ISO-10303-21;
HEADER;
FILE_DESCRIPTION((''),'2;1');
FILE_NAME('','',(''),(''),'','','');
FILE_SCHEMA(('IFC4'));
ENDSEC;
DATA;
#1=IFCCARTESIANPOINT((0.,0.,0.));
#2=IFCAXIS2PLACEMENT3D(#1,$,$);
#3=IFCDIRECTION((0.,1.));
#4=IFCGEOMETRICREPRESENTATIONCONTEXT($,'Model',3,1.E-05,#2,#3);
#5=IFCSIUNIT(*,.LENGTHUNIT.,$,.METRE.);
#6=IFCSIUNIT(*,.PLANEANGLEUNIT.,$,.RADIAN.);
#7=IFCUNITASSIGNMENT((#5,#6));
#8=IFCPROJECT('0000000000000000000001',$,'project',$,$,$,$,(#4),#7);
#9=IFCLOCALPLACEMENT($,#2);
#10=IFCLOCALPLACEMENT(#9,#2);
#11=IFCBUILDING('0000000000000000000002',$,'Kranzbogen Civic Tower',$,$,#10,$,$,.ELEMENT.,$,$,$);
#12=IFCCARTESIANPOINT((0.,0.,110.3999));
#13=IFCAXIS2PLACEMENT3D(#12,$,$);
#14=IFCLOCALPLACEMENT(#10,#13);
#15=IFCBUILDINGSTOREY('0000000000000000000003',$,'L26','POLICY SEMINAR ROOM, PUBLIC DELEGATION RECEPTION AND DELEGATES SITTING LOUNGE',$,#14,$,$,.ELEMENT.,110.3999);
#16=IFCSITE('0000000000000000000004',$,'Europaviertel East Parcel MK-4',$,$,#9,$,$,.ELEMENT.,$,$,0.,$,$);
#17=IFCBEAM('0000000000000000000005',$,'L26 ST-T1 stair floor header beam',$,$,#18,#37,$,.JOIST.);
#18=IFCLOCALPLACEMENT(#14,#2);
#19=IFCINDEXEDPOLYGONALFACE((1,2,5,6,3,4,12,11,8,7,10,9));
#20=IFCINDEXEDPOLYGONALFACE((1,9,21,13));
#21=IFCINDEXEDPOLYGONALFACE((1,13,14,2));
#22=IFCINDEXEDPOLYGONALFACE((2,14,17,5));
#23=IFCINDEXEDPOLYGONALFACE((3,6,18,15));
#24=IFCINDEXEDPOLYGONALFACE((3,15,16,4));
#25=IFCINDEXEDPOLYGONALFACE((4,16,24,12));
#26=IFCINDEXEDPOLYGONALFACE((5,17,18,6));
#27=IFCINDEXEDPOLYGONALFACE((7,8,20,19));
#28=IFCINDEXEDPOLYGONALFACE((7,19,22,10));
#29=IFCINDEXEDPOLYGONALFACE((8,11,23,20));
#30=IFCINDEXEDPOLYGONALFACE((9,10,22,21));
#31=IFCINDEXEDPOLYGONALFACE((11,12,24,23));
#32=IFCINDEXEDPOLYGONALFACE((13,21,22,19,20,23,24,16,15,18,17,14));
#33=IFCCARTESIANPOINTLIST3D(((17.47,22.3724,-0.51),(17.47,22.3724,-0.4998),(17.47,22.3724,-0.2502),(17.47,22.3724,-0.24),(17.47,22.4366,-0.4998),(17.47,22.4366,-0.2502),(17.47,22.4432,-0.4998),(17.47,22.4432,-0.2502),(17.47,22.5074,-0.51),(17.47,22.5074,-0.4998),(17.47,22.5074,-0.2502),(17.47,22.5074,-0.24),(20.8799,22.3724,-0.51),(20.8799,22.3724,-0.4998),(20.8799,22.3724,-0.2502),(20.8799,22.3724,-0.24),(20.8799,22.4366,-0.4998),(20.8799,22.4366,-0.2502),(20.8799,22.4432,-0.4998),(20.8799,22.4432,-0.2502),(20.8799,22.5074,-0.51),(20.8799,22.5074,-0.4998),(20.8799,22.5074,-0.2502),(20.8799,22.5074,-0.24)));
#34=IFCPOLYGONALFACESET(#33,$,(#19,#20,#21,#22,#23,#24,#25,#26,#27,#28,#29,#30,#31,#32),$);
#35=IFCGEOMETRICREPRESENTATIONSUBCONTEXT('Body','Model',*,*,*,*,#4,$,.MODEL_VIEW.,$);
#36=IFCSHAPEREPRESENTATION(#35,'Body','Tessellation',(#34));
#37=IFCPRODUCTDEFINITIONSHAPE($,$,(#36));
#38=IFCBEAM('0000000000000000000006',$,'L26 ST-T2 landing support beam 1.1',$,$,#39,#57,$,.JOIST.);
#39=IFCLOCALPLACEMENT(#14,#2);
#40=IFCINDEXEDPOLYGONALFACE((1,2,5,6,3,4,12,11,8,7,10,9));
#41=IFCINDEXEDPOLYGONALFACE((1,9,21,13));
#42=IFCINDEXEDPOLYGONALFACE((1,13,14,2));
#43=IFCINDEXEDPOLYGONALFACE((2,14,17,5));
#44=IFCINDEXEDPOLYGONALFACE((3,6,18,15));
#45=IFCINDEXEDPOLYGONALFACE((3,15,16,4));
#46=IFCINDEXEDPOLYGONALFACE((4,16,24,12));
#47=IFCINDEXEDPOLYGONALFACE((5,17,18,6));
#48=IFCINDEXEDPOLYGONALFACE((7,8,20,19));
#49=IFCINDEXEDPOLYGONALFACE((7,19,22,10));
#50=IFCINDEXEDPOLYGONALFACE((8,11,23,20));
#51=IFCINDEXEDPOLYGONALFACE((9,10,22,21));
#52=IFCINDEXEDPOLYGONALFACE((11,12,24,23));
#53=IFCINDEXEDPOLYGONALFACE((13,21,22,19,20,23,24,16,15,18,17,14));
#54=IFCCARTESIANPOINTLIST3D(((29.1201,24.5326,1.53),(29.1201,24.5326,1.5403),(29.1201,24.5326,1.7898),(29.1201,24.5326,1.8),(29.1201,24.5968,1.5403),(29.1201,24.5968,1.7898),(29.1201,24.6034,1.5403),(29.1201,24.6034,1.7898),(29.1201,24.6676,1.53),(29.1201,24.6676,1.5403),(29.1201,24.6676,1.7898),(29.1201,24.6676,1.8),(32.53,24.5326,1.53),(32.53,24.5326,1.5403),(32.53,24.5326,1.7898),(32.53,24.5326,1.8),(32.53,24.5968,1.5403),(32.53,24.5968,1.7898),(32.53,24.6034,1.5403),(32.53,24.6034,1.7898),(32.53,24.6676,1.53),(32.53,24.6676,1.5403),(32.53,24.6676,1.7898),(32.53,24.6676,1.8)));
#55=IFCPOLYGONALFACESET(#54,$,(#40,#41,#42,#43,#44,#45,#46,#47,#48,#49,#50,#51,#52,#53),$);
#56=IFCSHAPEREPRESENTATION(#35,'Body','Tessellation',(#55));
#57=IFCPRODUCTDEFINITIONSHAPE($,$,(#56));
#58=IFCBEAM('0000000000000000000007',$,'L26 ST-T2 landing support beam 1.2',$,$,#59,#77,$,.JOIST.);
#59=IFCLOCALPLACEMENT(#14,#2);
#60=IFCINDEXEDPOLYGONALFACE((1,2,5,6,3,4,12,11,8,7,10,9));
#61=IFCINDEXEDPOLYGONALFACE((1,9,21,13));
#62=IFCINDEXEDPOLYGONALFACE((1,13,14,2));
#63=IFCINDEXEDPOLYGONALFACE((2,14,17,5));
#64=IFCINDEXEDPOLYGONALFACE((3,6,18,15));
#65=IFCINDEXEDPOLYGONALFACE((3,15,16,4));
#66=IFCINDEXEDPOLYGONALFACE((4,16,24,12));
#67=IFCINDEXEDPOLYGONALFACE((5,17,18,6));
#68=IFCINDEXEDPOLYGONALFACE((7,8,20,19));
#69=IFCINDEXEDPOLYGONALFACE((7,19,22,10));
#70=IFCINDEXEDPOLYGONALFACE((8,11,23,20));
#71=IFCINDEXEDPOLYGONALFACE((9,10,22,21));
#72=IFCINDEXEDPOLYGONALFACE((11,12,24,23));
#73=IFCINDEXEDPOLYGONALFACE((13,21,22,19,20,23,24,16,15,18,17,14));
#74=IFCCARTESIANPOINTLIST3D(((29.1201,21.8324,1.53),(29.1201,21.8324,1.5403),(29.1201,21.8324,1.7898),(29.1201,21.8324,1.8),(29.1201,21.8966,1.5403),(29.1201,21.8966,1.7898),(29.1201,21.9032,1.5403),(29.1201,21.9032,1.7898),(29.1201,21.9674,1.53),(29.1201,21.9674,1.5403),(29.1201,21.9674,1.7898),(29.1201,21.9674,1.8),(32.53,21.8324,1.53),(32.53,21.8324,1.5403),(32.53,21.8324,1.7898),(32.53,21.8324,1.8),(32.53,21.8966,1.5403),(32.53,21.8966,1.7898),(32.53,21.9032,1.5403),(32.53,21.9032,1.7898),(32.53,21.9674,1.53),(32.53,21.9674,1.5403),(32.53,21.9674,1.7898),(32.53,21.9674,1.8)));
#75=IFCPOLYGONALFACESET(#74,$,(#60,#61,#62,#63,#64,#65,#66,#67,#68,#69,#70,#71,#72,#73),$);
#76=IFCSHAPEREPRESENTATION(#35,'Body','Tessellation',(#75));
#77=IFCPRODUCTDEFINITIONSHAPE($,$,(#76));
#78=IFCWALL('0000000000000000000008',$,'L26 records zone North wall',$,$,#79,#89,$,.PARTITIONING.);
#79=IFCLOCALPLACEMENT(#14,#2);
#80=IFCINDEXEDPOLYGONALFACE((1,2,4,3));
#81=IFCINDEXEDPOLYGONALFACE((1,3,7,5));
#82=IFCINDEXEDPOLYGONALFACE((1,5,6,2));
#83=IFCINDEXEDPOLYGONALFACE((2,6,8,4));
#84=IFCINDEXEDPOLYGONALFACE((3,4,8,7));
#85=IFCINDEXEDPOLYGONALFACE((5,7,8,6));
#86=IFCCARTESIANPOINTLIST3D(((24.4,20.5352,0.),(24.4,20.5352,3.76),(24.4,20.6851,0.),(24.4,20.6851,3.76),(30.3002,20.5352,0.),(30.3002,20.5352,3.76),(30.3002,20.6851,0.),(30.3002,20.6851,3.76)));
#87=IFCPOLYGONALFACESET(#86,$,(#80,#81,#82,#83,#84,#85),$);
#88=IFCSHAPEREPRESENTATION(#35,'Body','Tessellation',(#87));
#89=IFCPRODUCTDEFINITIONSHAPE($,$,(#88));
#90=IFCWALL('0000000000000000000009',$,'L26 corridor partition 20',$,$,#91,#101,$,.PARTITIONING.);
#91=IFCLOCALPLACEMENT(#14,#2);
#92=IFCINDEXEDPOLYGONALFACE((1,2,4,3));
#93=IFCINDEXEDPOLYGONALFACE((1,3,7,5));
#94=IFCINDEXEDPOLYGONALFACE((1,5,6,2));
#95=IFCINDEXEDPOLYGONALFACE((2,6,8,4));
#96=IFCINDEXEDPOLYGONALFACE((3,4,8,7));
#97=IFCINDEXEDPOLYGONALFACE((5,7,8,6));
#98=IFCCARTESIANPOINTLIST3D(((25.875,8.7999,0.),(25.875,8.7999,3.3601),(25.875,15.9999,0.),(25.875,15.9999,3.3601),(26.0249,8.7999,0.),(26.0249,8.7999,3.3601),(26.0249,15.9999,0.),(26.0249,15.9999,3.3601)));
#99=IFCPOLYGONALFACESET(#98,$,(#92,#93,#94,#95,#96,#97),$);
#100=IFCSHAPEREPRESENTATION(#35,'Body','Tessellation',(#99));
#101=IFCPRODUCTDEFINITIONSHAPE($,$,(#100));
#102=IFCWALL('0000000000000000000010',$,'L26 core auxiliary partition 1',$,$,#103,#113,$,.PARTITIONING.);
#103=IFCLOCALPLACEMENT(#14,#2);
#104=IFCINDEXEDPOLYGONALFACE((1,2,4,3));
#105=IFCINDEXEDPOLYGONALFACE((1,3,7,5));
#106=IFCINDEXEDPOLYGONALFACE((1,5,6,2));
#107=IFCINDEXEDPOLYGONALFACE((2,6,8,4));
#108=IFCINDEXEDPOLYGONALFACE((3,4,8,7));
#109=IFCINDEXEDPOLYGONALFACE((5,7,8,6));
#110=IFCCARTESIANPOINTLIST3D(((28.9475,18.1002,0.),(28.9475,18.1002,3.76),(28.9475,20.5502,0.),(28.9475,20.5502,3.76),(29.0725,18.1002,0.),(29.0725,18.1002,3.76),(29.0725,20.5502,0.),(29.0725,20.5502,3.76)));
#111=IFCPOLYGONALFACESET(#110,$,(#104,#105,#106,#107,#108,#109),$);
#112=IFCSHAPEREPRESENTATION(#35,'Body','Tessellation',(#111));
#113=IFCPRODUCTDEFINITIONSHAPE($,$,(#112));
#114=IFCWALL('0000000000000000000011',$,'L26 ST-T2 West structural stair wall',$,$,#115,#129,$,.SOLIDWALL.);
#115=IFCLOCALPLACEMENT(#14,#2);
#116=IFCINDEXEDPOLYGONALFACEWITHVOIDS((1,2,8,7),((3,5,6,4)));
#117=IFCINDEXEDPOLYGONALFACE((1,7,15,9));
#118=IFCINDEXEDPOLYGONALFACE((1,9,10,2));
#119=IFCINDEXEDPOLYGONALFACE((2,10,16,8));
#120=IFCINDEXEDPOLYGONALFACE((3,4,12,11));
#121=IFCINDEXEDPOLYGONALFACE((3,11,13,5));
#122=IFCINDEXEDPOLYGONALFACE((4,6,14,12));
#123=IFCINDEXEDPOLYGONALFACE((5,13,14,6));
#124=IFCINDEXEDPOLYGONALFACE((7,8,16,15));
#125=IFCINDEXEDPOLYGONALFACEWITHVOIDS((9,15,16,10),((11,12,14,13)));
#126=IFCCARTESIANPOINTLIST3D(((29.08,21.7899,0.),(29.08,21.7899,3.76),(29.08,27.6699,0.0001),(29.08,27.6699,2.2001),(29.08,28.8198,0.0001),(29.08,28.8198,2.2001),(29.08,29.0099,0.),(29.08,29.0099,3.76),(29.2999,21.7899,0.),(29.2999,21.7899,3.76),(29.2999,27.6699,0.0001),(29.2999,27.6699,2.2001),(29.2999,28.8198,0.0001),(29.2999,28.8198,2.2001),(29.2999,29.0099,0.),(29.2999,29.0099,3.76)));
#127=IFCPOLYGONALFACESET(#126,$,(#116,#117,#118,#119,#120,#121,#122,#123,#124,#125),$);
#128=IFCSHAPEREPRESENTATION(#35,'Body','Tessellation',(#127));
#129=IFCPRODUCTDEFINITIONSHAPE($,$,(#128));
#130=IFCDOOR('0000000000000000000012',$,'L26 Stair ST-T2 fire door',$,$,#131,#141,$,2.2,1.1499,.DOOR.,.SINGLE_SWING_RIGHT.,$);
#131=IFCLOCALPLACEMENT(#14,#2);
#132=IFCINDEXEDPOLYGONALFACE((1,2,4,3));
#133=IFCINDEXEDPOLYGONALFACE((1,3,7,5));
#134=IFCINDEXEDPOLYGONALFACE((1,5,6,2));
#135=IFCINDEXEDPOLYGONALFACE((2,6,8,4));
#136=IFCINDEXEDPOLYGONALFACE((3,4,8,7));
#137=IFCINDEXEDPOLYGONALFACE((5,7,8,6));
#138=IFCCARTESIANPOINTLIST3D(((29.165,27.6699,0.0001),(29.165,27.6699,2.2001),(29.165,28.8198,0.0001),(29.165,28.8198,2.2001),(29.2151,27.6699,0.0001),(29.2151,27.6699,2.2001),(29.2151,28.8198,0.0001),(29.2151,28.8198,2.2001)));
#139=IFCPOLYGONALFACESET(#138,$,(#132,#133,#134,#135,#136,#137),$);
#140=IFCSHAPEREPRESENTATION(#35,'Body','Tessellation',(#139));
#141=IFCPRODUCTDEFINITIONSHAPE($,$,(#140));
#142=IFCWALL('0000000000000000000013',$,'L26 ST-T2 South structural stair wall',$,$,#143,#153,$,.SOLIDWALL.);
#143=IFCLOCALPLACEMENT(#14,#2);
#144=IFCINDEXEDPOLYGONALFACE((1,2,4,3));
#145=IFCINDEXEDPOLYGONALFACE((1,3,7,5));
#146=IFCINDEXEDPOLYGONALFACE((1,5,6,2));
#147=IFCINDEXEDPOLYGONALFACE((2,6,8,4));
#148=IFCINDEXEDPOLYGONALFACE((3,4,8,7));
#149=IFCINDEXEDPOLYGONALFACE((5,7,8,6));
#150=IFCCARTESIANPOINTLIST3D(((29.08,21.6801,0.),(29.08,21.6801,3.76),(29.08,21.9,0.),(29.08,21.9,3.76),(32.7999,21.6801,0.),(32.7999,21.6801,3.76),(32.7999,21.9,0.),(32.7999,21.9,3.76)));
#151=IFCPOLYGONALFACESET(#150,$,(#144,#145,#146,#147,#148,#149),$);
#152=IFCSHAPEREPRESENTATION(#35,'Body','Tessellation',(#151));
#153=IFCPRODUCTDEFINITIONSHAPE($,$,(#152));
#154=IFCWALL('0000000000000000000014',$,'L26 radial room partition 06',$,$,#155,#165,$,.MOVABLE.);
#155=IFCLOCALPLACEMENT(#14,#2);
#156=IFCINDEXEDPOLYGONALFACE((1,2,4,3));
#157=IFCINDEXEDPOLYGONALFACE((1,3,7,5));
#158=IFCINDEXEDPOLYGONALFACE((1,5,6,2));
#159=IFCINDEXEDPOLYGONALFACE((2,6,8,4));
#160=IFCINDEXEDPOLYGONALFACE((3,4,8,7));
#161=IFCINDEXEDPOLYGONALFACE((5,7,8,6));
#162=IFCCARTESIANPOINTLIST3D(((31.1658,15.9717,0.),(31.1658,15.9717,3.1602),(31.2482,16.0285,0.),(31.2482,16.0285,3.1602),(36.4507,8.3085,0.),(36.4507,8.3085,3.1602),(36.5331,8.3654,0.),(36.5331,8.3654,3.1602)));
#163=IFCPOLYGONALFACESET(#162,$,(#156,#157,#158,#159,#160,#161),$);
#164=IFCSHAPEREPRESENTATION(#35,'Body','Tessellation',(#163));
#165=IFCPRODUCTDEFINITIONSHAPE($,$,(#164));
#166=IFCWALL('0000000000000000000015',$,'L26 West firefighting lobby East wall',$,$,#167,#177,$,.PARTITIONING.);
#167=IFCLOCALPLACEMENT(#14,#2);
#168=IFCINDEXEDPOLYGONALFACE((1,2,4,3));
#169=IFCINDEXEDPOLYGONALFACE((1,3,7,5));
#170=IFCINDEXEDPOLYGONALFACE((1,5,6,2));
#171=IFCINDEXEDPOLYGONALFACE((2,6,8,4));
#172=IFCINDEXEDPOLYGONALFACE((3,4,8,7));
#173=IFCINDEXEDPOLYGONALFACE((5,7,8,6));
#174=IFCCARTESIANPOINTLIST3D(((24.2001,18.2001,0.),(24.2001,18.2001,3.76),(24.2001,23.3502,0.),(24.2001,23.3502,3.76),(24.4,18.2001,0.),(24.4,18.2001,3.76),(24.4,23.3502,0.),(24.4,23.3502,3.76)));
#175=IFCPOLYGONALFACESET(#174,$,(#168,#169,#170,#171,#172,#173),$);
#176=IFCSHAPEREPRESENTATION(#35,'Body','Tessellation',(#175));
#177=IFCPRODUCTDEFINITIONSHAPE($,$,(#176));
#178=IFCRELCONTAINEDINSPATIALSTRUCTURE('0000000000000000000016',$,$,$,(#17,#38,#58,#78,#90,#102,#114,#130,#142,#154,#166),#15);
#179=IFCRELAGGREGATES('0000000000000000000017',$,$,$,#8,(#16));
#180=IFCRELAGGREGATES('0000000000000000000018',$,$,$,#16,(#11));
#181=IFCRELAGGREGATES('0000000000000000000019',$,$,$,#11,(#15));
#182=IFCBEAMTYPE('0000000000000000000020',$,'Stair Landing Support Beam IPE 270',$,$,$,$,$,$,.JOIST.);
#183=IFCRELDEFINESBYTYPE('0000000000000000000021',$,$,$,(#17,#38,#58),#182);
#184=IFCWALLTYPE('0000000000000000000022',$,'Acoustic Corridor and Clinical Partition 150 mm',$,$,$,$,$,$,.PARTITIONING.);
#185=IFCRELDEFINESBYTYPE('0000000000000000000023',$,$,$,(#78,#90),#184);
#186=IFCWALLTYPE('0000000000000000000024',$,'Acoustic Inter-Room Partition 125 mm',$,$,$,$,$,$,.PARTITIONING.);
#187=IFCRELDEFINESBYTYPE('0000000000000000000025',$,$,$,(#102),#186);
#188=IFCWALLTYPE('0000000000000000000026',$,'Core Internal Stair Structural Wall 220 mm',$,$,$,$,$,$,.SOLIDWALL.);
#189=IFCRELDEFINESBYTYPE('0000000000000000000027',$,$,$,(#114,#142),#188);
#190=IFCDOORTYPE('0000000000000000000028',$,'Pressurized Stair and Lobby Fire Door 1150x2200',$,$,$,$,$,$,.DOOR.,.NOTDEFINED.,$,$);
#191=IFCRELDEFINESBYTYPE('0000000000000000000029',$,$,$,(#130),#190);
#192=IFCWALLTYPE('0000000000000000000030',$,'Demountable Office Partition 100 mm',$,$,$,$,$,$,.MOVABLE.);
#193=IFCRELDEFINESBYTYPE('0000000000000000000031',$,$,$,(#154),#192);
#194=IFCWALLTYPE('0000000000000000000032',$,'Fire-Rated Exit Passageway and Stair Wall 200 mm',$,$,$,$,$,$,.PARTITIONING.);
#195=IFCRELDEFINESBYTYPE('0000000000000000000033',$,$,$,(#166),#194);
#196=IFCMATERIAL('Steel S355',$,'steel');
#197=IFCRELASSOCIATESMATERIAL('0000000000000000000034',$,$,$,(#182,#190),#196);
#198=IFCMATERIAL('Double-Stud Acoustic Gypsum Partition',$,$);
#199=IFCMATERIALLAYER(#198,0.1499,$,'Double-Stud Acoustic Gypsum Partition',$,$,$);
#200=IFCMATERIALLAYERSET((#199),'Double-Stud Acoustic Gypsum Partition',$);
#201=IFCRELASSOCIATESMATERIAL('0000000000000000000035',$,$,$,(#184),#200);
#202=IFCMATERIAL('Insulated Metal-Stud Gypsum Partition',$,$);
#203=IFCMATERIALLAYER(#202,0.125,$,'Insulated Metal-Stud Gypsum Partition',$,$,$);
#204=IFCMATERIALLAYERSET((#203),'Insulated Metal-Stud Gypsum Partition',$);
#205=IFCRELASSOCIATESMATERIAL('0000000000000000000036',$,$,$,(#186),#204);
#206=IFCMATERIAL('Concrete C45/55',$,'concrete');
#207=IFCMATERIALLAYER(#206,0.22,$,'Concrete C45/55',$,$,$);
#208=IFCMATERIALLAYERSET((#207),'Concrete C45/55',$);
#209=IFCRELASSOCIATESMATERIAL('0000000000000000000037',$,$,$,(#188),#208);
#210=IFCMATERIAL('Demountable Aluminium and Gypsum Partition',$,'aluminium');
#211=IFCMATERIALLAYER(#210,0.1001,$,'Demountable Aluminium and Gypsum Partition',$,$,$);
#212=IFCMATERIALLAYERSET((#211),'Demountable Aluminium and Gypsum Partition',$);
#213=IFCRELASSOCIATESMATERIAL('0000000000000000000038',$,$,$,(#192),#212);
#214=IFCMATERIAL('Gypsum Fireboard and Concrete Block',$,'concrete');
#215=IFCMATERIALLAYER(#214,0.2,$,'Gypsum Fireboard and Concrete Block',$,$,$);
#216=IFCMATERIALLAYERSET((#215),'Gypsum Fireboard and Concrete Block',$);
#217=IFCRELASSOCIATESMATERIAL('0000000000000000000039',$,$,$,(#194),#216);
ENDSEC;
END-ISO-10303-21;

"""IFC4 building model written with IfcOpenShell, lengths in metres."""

from ifc_helpers import new_model, si_unit, direction, frame, frame_2d, origin, origin_2d, place, context, subcontext, project, spatial, rectangle, i_section, extrude, material, layer, layer_set, material_profile, profile_set, type_object, element, fill, save


model = new_model("IFC4")

# Units and contexts
model_context = context("Model", 3, precision=1e-05, world=origin(), true_north=direction((0.0, 1.0)))
body_context = subcontext(model_context, "Body", "Model", "MODEL_VIEW")
ifc_project = project(units=[si_unit("LENGTHUNIT", "METRE"), si_unit("PLANEANGLEUNIT", "RADIAN")], contexts=[model_context])

# Site, building, storey
site_placement = place(None, origin())
site = spatial("IfcSite", under=ifc_project, at=site_placement, Name="Europaviertel East Parcel MK-4", CompositionType="ELEMENT", RefElevation=0.0)
building_placement = place(site_placement, origin())
building = spatial("IfcBuilding", under=site, at=building_placement, Name="Kranzbogen Civic Tower", CompositionType="ELEMENT")
storey_placement = place(building_placement, frame((0.0, 0.0, 110.3999)))
storey = spatial("IfcBuildingStorey", under=building, at=storey_placement, Name="L26", Description="POLICY SEMINAR ROOM, PUBLIC DELEGATION RECEPTION AND DELEGATES SITTING LOUNGE", CompositionType="ELEMENT", Elevation=110.3999)

# Beams
ifc_material_1 = material(Name="Steel S355", Category="steel")
ifc_material_profile = material_profile(ifc_material_1, i_section(OverallWidth=0.135, OverallDepth=0.27, WebThickness=0.0066, FlangeThickness=0.0103, at=origin_2d()), Name="IPE 270")
ifc_profile_set = profile_set([ifc_material_profile], Name="Steel S355")
beam_type = type_object("IfcBeamType", Name="Stair Landing Support Beam IPE 270", PredefinedType="JOIST", material=ifc_profile_set)
for number, where, z_axis, x_axis, name in (
    (1, (20.8799, 22.4399, -0.375), (-1.0, 0.0, 0.0), (0.0, -1.0, 0.0), "L26 ST-T1 stair floor header beam"),
    (2, (29.1201, 24.6001, 1.665), (1.0, 0.0, 0.0), (0.0, 1.0, 0.0), "L26 ST-T2 landing support beam 1.1"),
    (3, (29.1201, 21.8999, 1.665), (1.0, 0.0, 0.0), (0.0, 1.0, 0.0), "L26 ST-T2 landing support beam 1.2"),
):
    element("IfcBeam", number, at=place(storey_placement, frame(where, z_axis=z_axis, x_axis=x_axis)), inside=storey, type_object=beam_type, Name=name, PredefinedType="JOIST", context=body_context, shape_type="SweptSolid", body=[
        extrude(i_section(OverallWidth=0.135, OverallDepth=0.27, WebThickness=0.0066, FlangeThickness=0.0103, at=origin_2d()), origin(), (0.0, 0.0, 1.0), 3.4099),
    ])

# Walls
ifc_material_2 = material(Name="Double-Stud Acoustic Gypsum Partition")
ifc_layer_1 = layer(ifc_material_2, 0.1499, Name="Double-Stud Acoustic Gypsum Partition")
ifc_layer_set_1 = layer_set([ifc_layer_1], Name="Double-Stud Acoustic Gypsum Partition")
wall_type_1 = type_object("IfcWallType", Name="Acoustic Corridor and Clinical Partition 150 mm", PredefinedType="PARTITIONING", material=ifc_layer_set_1)
wall_1_placement = place(storey_placement, frame((24.3999, 20.6101, 0.0), z_axis=(0.0, 0.0, 1.0), x_axis=(1.0, 0.0, 0.0)))
element("IfcWall", 4, at=wall_1_placement, inside=storey, type_object=wall_type_1, Name="L26 records zone North wall", PredefinedType="PARTITIONING", context=body_context, shape_type="SweptSolid", body=[
    extrude(rectangle(XDim=5.9001, YDim=0.1499, at=frame_2d((2.9502, 0.0))), origin(), (0.0, 0.0, 1.0), 3.76),
])
wall_2_placement = place(storey_placement, frame((25.95, 16.0, 0.0), z_axis=(0.0, 0.0, 1.0), x_axis=(0.0, -1.0, 0.0)))
element("IfcWall", 5, at=wall_2_placement, inside=storey, type_object=wall_type_1, Name="L26 corridor partition 20", PredefinedType="PARTITIONING", context=body_context, shape_type="SweptSolid", body=[
    extrude(rectangle(XDim=7.2, YDim=0.1499, at=frame_2d((3.6001, 0.0))), origin(), (0.0, 0.0, 1.0), 3.3601),
])
ifc_material_3 = material(Name="Insulated Metal-Stud Gypsum Partition")
ifc_layer_2 = layer(ifc_material_3, 0.125, Name="Insulated Metal-Stud Gypsum Partition")
ifc_layer_set_2 = layer_set([ifc_layer_2], Name="Insulated Metal-Stud Gypsum Partition")
wall_type_2 = type_object("IfcWallType", Name="Acoustic Inter-Room Partition 125 mm", PredefinedType="PARTITIONING", material=ifc_layer_set_2)
wall_3_placement = place(storey_placement, frame((29.01, 18.1001, 0.0), z_axis=(0.0, 0.0, 1.0), x_axis=(0.0, 1.0, 0.0)))
element("IfcWall", 6, at=wall_3_placement, inside=storey, type_object=wall_type_2, Name="L26 core auxiliary partition 1", PredefinedType="PARTITIONING", context=body_context, shape_type="SweptSolid", body=[
    extrude(rectangle(XDim=2.45, YDim=0.125, at=frame_2d((1.2251, 0.0))), origin(), (0.0, 0.0, 1.0), 3.76),
])

# Wall, opening, door
ifc_material_4 = material(Name="Concrete C45/55", Category="concrete")
ifc_layer_3 = layer(ifc_material_4, 0.22, Name="Concrete C45/55")
ifc_layer_set_3 = layer_set([ifc_layer_3], Name="Concrete C45/55")
wall_type_3 = type_object("IfcWallType", Name="Core Internal Stair Structural Wall 220 mm", PredefinedType="SOLIDWALL", material=ifc_layer_set_3)
wall_4_placement = place(storey_placement, frame((29.1899, 21.79, 0.0), z_axis=(0.0, 0.0, 1.0), x_axis=(0.0, 1.0, 0.0)))
wall_4 = element("IfcWall", 7, at=wall_4_placement, inside=storey, type_object=wall_type_3, Name="L26 ST-T2 West structural stair wall", PredefinedType="SOLIDWALL", context=body_context, shape_type="SweptSolid", body=[
    extrude(rectangle(XDim=7.22, YDim=0.22, at=frame_2d((3.6099, 0.0))), origin(), (0.0, 0.0, 1.0), 3.76),
])
opening_1_placement = place(wall_4_placement, frame((5.8799, 0.0, 0.0)))
opening_1 = element("IfcOpeningElement", 8, at=opening_1_placement, cuts=wall_4, PredefinedType="OPENING", context=body_context, shape_type="SweptSolid", body=[
    extrude(rectangle(XDim=1.1499, YDim=2.2, at=frame_2d((0.575, 1.1001))), frame((0.0, 0.1201, 0.0), z_axis=(0.0, -1.0, 0.0), x_axis=(1.0, 0.0, 0.0)), (0.0, 0.0, 1.0), 0.24),
])
door_type_1 = type_object("IfcDoorType", Name="Pressurized Stair and Lobby Fire Door 1150x2200", OperationType="NOTDEFINED", PredefinedType="DOOR", material=ifc_material_1)
door_1_placement = place(opening_1_placement, origin())
door_1 = element("IfcDoor", 9, at=door_1_placement, inside=storey, type_object=door_type_1, Name="L26 Stair ST-T2 fire door", OperationType="SINGLE_SWING_RIGHT", OverallHeight=2.2, OverallWidth=1.1499, PredefinedType="DOOR", context=body_context, shape_type="SweptSolid", body=[
    extrude(rectangle(XDim=1.1499, YDim=2.2, at=frame_2d((0.575, 1.1001))), frame((0.0, 0.0249, 0.0), z_axis=(0.0, -1.0, 0.0), x_axis=(1.0, 0.0, 0.0)), (0.0, 0.0, 1.0), 0.05),
])
fill(opening_1, door_1)

# Walls
wall_5_placement = place(storey_placement, frame((29.0801, 21.79, 0.0), z_axis=(0.0, 0.0, 1.0), x_axis=(1.0, 0.0, 0.0)))
element("IfcWall", 10, at=wall_5_placement, inside=storey, type_object=wall_type_3, Name="L26 ST-T2 South structural stair wall", PredefinedType="SOLIDWALL", context=body_context, shape_type="SweptSolid", body=[
    extrude(rectangle(XDim=3.72, YDim=0.22, at=frame_2d((1.8599, 0.0))), origin(), (0.0, 0.0, 1.0), 3.76),
])
ifc_material_5 = material(Name="Demountable Aluminium and Gypsum Partition", Category="aluminium")
ifc_layer_4 = layer(ifc_material_5, 0.1001, Name="Demountable Aluminium and Gypsum Partition")
ifc_layer_set_4 = layer_set([ifc_layer_4], Name="Demountable Aluminium and Gypsum Partition")
wall_type_4 = type_object("IfcWallType", Name="Demountable Office Partition 100 mm", PredefinedType="MOVABLE", material=ifc_layer_set_4)
wall_6_placement = place(storey_placement, frame((31.207, 16.0, 0.0), z_axis=(0.0, 0.0, 1.0), x_axis=(0.567735, -0.823212, 0.0)))
element("IfcWall", 11, at=wall_6_placement, inside=storey, type_object=wall_type_4, Name="L26 radial room partition 06", PredefinedType="MOVABLE", context=body_context, shape_type="SweptSolid", body=[
    extrude(rectangle(XDim=9.3088, YDim=0.1001, at=frame_2d((4.6543, 0.0))), origin(), (0.0, 0.0, 1.0), 3.1602),
])
ifc_material_6 = material(Name="Gypsum Fireboard and Concrete Block", Category="concrete")
ifc_layer_5 = layer(ifc_material_6, 0.2, Name="Gypsum Fireboard and Concrete Block")
ifc_layer_set_5 = layer_set([ifc_layer_5], Name="Gypsum Fireboard and Concrete Block")
wall_type_5 = type_object("IfcWallType", Name="Fire-Rated Exit Passageway and Stair Wall 200 mm", PredefinedType="PARTITIONING", material=ifc_layer_set_5)
wall_7_placement = place(storey_placement, frame((24.3, 18.2, 0.0), z_axis=(0.0, 0.0, 1.0), x_axis=(0.0, 1.0, 0.0)))
element("IfcWall", 12, at=wall_7_placement, inside=storey, type_object=wall_type_5, Name="L26 West firefighting lobby East wall", PredefinedType="PARTITIONING", context=body_context, shape_type="SweptSolid", body=[
    extrude(rectangle(XDim=5.1501, YDim=0.2, at=frame_2d((2.5752, 0.0))), origin(), (0.0, 0.0, 1.0), 3.76),
])

save(model, "model.ifc")
